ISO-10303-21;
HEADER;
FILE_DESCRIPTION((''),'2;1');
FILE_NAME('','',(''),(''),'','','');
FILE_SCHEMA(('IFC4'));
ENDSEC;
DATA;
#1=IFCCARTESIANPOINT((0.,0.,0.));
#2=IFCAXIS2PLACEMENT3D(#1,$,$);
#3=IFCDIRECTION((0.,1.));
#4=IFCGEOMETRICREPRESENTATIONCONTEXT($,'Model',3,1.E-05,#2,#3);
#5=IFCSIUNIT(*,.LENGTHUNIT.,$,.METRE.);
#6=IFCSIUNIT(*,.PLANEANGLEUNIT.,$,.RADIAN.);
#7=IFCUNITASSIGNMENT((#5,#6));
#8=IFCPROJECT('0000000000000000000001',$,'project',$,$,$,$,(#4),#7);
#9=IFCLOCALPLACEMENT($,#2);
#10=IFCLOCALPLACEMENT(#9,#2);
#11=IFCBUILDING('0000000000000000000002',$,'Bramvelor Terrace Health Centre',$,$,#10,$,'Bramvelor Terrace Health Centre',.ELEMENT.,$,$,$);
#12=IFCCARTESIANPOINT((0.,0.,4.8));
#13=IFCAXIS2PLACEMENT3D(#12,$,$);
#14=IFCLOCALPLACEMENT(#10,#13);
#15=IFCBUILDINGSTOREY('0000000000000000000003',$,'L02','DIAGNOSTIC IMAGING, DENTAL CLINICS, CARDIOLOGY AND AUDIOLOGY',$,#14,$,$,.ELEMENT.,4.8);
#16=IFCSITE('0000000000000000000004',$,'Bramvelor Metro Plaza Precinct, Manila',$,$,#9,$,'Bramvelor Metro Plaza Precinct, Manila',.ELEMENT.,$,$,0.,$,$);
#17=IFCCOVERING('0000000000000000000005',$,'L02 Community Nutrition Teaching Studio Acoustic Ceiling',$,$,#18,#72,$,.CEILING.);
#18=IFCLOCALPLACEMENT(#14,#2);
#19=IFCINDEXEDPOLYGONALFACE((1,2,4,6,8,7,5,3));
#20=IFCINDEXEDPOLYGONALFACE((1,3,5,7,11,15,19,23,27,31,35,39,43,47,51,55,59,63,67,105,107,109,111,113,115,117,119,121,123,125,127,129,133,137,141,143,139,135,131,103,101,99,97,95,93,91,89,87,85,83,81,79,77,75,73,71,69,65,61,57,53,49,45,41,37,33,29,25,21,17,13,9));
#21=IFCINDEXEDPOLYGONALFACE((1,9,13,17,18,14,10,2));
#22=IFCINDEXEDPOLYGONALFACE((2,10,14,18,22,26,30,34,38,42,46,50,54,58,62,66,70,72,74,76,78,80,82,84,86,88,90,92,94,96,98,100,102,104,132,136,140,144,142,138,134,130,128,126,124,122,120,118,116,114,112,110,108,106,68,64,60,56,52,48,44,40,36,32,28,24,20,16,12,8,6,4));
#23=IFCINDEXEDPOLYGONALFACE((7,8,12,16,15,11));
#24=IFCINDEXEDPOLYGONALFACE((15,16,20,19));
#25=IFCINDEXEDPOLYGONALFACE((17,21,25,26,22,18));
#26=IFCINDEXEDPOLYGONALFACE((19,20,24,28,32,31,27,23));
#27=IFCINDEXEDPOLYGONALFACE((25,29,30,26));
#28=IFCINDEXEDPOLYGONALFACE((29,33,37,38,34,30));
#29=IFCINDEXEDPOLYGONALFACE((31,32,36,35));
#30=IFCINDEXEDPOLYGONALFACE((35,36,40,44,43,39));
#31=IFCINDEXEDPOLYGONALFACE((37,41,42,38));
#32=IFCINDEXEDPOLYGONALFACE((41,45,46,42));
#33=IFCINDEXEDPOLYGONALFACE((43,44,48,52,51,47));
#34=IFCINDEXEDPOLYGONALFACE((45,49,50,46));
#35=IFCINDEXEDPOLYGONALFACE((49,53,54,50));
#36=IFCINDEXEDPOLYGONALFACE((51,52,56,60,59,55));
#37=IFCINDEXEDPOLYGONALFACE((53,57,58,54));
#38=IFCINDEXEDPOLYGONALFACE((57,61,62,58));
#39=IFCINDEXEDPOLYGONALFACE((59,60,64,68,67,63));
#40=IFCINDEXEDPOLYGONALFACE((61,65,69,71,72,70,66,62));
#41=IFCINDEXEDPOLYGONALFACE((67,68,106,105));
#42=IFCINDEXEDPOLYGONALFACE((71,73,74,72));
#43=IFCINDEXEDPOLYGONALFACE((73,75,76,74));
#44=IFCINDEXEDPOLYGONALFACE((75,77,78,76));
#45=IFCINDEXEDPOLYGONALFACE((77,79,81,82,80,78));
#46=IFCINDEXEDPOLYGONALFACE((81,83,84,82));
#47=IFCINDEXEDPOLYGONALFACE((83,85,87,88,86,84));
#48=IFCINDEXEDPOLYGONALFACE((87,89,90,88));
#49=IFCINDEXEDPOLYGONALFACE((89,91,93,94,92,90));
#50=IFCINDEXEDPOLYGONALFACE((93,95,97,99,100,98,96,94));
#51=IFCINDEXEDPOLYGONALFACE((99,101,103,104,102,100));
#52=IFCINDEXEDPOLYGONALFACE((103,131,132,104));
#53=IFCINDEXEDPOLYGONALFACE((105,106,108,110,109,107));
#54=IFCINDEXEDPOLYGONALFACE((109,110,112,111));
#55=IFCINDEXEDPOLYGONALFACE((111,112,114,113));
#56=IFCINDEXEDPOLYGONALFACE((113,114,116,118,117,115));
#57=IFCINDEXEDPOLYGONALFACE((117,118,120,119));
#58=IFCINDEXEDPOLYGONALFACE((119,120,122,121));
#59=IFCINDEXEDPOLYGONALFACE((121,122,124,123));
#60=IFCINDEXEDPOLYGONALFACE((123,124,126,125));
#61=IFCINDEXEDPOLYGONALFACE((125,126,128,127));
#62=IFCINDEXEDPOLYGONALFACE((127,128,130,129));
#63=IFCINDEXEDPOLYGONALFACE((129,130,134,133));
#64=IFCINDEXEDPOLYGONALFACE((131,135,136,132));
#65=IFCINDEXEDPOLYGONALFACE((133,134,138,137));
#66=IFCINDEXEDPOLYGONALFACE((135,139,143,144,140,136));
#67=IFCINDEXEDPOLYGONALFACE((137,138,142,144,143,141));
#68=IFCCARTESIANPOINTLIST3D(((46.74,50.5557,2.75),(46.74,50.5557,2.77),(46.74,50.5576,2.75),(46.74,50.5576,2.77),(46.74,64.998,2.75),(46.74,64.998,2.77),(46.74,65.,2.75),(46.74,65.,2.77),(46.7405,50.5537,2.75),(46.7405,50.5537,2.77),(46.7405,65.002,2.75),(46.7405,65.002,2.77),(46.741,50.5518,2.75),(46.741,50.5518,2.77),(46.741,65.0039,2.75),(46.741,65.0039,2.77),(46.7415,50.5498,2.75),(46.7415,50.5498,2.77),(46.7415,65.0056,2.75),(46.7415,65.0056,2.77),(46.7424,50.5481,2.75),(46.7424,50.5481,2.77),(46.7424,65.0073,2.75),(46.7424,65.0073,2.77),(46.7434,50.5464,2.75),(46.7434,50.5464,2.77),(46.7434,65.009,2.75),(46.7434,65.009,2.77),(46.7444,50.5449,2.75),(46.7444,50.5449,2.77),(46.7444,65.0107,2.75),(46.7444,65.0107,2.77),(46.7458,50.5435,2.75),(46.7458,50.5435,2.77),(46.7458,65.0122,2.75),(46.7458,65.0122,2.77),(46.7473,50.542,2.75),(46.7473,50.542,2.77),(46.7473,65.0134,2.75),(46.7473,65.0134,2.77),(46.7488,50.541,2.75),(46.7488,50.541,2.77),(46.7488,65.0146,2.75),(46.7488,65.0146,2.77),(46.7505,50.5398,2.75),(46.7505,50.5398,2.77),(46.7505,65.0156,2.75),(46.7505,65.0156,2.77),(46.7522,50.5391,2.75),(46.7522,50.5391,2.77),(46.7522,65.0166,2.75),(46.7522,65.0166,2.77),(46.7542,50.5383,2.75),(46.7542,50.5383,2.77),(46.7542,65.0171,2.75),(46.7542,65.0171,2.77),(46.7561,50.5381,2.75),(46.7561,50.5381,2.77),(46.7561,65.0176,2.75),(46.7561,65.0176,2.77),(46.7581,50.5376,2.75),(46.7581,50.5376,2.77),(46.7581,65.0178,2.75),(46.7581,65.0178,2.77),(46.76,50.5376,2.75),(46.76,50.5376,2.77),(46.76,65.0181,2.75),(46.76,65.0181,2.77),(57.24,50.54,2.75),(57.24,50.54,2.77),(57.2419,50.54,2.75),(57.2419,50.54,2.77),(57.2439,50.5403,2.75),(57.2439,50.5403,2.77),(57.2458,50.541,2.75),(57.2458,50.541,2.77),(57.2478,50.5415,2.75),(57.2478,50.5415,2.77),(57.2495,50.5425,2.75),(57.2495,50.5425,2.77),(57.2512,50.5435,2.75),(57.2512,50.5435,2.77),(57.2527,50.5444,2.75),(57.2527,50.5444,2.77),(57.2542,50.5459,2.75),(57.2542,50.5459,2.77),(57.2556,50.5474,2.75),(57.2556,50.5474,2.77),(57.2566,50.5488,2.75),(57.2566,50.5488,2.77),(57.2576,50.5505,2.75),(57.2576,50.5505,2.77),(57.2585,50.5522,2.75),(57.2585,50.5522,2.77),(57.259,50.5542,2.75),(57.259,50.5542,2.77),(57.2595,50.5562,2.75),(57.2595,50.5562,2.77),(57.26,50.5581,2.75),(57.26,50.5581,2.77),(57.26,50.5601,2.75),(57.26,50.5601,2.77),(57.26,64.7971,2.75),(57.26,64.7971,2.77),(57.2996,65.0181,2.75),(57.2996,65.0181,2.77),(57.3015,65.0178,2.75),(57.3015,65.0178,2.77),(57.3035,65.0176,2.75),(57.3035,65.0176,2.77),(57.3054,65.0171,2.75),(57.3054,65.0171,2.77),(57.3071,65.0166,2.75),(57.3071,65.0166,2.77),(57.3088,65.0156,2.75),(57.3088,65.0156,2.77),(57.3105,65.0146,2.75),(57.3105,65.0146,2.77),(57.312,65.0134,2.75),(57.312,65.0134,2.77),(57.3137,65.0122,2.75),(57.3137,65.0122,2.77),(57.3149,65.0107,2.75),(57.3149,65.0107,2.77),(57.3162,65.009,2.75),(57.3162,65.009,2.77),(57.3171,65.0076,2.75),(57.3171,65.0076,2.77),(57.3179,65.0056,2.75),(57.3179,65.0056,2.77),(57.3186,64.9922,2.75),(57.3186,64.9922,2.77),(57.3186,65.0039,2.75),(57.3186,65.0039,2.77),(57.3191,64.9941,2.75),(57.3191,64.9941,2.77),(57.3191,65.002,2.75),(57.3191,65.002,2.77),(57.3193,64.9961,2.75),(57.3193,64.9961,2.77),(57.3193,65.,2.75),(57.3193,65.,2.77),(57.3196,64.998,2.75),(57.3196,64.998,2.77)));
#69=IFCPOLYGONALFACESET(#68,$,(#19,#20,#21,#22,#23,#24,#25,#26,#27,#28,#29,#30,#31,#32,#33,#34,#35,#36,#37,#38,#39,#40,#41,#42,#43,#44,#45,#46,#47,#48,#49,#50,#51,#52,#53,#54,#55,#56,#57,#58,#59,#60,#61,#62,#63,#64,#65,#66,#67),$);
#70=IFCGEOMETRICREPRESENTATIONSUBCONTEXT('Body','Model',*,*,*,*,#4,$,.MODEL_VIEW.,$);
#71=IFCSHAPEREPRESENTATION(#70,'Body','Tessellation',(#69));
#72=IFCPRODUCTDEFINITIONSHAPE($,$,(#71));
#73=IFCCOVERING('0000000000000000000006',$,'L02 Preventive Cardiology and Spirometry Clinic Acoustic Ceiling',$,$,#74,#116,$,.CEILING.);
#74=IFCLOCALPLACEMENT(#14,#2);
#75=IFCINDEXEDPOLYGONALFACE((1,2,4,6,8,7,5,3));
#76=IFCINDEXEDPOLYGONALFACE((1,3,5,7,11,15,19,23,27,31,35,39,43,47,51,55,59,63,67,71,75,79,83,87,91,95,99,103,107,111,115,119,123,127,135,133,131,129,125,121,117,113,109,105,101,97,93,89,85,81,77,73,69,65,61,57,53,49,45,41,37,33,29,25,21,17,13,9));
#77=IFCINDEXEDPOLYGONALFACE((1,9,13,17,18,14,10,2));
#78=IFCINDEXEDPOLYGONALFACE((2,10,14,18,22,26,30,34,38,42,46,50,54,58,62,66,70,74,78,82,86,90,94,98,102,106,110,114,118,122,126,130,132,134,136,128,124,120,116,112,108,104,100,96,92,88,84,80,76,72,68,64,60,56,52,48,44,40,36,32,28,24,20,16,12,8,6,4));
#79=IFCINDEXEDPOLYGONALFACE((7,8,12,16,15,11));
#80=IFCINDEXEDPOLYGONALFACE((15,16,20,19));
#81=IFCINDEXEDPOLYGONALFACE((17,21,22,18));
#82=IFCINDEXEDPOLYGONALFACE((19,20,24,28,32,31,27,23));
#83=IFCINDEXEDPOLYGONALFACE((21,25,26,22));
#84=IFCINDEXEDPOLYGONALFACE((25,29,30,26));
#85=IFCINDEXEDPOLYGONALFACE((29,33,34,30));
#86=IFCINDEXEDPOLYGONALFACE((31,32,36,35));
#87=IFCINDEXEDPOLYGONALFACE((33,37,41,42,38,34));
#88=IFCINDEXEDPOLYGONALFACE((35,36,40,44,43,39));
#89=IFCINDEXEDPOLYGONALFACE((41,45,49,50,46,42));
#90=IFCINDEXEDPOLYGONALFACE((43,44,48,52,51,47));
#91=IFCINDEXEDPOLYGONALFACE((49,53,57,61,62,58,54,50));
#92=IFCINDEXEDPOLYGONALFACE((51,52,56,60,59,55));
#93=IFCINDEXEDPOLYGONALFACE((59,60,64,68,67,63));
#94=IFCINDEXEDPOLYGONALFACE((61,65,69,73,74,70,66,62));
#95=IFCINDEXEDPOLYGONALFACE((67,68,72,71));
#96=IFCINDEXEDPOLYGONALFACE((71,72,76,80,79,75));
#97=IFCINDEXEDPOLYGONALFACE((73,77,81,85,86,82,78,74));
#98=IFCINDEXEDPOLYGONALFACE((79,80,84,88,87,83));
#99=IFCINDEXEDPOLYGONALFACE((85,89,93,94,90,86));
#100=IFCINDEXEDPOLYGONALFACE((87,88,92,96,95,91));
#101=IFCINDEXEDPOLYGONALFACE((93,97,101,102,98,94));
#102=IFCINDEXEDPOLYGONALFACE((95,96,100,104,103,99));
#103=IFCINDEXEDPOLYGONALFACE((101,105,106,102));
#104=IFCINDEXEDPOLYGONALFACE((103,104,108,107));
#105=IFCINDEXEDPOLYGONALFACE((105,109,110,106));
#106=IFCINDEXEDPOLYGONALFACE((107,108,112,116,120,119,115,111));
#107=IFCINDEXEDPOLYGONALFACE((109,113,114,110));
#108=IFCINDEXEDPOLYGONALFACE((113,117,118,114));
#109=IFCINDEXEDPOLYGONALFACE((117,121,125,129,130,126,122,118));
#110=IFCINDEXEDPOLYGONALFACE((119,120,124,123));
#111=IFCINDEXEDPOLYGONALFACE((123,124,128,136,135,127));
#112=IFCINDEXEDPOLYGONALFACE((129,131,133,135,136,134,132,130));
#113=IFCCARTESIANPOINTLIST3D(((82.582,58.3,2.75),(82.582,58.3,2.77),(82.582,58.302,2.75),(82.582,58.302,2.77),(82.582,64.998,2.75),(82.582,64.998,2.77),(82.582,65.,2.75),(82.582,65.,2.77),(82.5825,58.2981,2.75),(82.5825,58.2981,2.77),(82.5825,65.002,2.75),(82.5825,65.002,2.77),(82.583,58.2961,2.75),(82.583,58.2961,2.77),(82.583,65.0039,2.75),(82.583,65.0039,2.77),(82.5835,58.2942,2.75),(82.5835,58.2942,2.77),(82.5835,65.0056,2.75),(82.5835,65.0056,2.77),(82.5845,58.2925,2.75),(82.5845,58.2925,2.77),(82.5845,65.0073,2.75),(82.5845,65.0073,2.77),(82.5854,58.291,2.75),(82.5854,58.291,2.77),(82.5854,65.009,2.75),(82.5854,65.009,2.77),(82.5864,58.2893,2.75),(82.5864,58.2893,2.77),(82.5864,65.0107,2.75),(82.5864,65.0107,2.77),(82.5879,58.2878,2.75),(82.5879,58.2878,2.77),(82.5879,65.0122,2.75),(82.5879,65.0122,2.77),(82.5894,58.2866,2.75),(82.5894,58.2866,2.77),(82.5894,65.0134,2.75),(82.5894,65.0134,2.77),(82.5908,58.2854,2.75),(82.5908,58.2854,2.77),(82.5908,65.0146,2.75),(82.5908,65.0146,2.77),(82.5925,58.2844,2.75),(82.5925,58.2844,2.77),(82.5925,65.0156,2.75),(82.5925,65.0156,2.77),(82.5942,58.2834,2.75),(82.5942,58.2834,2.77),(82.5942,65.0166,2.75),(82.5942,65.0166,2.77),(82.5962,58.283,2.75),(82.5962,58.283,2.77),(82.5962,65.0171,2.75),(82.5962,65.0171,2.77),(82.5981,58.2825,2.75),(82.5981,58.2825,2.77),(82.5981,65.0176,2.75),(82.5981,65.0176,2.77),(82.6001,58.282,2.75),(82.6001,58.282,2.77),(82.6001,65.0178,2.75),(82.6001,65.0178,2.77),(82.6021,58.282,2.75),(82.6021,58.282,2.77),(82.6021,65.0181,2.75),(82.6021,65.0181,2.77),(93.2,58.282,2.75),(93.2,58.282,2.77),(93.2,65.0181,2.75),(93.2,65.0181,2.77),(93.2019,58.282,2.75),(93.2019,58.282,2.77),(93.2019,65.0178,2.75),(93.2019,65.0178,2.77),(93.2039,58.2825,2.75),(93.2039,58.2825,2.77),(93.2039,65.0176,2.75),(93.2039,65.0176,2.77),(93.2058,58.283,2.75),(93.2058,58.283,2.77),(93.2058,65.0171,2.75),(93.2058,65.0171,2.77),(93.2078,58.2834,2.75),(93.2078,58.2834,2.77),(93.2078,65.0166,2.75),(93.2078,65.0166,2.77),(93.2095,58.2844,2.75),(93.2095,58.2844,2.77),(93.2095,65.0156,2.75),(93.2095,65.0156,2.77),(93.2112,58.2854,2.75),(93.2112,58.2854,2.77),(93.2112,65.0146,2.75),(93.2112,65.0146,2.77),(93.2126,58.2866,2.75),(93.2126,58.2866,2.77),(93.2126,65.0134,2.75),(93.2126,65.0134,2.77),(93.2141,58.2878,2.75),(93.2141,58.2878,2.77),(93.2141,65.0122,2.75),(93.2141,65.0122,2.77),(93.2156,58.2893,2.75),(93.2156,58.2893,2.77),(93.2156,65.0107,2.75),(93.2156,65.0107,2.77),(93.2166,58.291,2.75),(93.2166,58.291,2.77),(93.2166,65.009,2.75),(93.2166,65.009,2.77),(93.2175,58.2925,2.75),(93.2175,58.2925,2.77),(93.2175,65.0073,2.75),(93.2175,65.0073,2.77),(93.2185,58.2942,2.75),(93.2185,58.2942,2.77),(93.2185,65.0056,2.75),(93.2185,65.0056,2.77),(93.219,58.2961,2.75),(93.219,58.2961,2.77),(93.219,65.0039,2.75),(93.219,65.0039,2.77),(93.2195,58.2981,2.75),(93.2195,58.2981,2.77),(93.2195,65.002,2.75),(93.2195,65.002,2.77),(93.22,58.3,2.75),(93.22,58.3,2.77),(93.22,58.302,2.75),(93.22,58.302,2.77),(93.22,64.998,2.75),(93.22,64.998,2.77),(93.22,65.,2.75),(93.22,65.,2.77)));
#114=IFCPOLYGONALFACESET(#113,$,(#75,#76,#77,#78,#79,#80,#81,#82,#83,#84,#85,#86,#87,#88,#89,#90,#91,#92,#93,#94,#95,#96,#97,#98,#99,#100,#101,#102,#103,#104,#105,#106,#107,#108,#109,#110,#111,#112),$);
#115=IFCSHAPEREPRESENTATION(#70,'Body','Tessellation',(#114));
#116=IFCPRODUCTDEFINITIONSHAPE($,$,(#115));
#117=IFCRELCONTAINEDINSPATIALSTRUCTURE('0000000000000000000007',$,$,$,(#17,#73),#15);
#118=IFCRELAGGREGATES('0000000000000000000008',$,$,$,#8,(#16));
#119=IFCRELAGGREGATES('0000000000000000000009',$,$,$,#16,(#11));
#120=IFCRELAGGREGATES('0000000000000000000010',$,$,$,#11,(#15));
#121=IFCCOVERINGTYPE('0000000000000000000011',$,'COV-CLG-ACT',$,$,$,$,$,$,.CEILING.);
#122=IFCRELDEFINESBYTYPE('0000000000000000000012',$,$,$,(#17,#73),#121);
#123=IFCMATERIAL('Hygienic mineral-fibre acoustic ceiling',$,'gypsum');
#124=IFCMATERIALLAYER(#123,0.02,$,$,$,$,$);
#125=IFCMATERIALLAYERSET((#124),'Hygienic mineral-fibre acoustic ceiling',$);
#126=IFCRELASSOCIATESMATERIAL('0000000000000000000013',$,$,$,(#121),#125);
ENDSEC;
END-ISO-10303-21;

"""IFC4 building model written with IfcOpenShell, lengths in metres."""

from ifc_helpers import new_model, si_unit, direction, frame, origin, place, context, subcontext, project, spatial, polyline, outline, extrude, material, layer, layer_set, type_object, element, save


model = new_model("IFC4")

# Units and contexts
model_context = context("Model", 3, precision=1e-05, world=origin(), true_north=direction((0.0, 1.0)))
body_context = subcontext(model_context, "Body", "Model", "MODEL_VIEW")
ifc_project = project(units=[si_unit("LENGTHUNIT", "METRE"), si_unit("PLANEANGLEUNIT", "RADIAN")], contexts=[model_context])

# Site, building, storey
site_placement = place(None, origin())
site = spatial("IfcSite", under=ifc_project, at=site_placement, Name="Bramvelor Metro Plaza Precinct, Manila", LongName="Bramvelor Metro Plaza Precinct, Manila", CompositionType="ELEMENT", RefElevation=0.0)
building_placement = place(site_placement, origin())
building = spatial("IfcBuilding", under=site, at=building_placement, Name="Bramvelor Terrace Health Centre", LongName="Bramvelor Terrace Health Centre", CompositionType="ELEMENT")
storey_placement = place(building_placement, frame((0.0, 0.0, 4.8)))
storey = spatial("IfcBuildingStorey", under=building, at=storey_placement, Name="L02", Description="DIAGNOSTIC IMAGING, DENTAL CLINICS, CARDIOLOGY AND AUDIOLOGY", CompositionType="ELEMENT", Elevation=4.8)

# Coverings
ifc_material_1 = material(Name="Hygienic mineral-fibre acoustic ceiling", Category="gypsum")
ifc_layer_1 = layer(ifc_material_1, 0.02)
ifc_layer_set_1 = layer_set([ifc_layer_1], Name="Hygienic mineral-fibre acoustic ceiling")
covering_type_1 = type_object("IfcCoveringType", Name="COV-CLG-ACT", PredefinedType="CEILING", material=ifc_layer_set_1)
covering_1_placement = place(storey_placement, frame((0.0, 0.0, 2.75)))
element("IfcCovering", 1, at=covering_1_placement, inside=storey, type_object=covering_type_1, Name="L02 Community Nutrition Teaching Studio Acoustic Ceiling", PredefinedType="CEILING", context=body_context, shape_type="SweptSolid", body=[
    extrude(outline(polyline([(57.2996, 65.0181), (57.3015, 65.0178), (57.3035, 65.0176), (57.3054, 65.0171), (57.3071, 65.0166), (57.3088, 65.0156), (57.3105, 65.0146), (57.312, 65.0134), (57.3137, 65.0122), (57.3149, 65.0107), (57.3162, 65.009), (57.3171, 65.0076), (57.3179, 65.0056), (57.3186, 65.0039), (57.3191, 65.002), (57.3193, 65.0), (57.3196, 64.998), (57.3193, 64.9961), (57.3191, 64.9941), (57.3186, 64.9922), (57.26, 64.7971), (57.26, 50.5601), (57.26, 50.5581), (57.2595, 50.5562), (57.259, 50.5542), (57.2585, 50.5522), (57.2576, 50.5505), (57.2566, 50.5488), (57.2556, 50.5474), (57.2542, 50.5459), (57.2527, 50.5444), (57.2512, 50.5435), (57.2495, 50.5425), (57.2478, 50.5415), (57.2458, 50.541), (57.2439, 50.5403), (57.2419, 50.54), (57.24, 50.54), (46.76, 50.5376), (46.7581, 50.5376), (46.7561, 50.5381), (46.7542, 50.5383), (46.7522, 50.5391), (46.7505, 50.5398), (46.7488, 50.541), (46.7473, 50.542), (46.7458, 50.5435), (46.7444, 50.5449), (46.7434, 50.5464), (46.7424, 50.5481), (46.7415, 50.5498), (46.741, 50.5518), (46.7405, 50.5537), (46.74, 50.5557), (46.74, 50.5576), (46.74, 64.998), (46.74, 65.0), (46.7405, 65.002), (46.741, 65.0039), (46.7415, 65.0056), (46.7424, 65.0073), (46.7434, 65.009), (46.7444, 65.0107), (46.7458, 65.0122), (46.7473, 65.0134), (46.7488, 65.0146), (46.7505, 65.0156), (46.7522, 65.0166), (46.7542, 65.0171), (46.7561, 65.0176), (46.7581, 65.0178), (46.76, 65.0181), (57.2996, 65.0181)])), origin(), (0.0, 0.0, 1.0), 0.02),
])
covering_2_placement = place(storey_placement, frame((0.0, 0.0, 2.75)))
element("IfcCovering", 2, at=covering_2_placement, inside=storey, type_object=covering_type_1, Name="L02 Preventive Cardiology and Spirometry Clinic Acoustic Ceiling", PredefinedType="CEILING", context=body_context, shape_type="SweptSolid", body=[
    extrude(outline(polyline([(93.22, 58.302), (93.22, 58.3), (93.2195, 58.2981), (93.219, 58.2961), (93.2185, 58.2942), (93.2175, 58.2925), (93.2166, 58.291), (93.2156, 58.2893), (93.2141, 58.2878), (93.2126, 58.2866), (93.2112, 58.2854), (93.2095, 58.2844), (93.2078, 58.2834), (93.2058, 58.283), (93.2039, 58.2825), (93.2019, 58.282), (93.2, 58.282), (82.6021, 58.282), (82.6001, 58.282), (82.5981, 58.2825), (82.5962, 58.283), (82.5942, 58.2834), (82.5925, 58.2844), (82.5908, 58.2854), (82.5894, 58.2866), (82.5879, 58.2878), (82.5864, 58.2893), (82.5854, 58.291), (82.5845, 58.2925), (82.5835, 58.2942), (82.583, 58.2961), (82.5825, 58.2981), (82.582, 58.3), (82.582, 58.302), (82.582, 64.998), (82.582, 65.0), (82.5825, 65.002), (82.583, 65.0039), (82.5835, 65.0056), (82.5845, 65.0073), (82.5854, 65.009), (82.5864, 65.0107), (82.5879, 65.0122), (82.5894, 65.0134), (82.5908, 65.0146), (82.5925, 65.0156), (82.5942, 65.0166), (82.5962, 65.0171), (82.5981, 65.0176), (82.6001, 65.0178), (82.6021, 65.0181), (93.2, 65.0181), (93.2019, 65.0178), (93.2039, 65.0176), (93.2058, 65.0171), (93.2078, 65.0166), (93.2095, 65.0156), (93.2112, 65.0146), (93.2126, 65.0134), (93.2141, 65.0122), (93.2156, 65.0107), (93.2166, 65.009), (93.2175, 65.0073), (93.2185, 65.0056), (93.219, 65.0039), (93.2195, 65.002), (93.22, 65.0), (93.22, 64.998), (93.22, 58.302)])), origin(), (0.0, 0.0, 1.0), 0.02),
])

save(model, "model.ifc")
